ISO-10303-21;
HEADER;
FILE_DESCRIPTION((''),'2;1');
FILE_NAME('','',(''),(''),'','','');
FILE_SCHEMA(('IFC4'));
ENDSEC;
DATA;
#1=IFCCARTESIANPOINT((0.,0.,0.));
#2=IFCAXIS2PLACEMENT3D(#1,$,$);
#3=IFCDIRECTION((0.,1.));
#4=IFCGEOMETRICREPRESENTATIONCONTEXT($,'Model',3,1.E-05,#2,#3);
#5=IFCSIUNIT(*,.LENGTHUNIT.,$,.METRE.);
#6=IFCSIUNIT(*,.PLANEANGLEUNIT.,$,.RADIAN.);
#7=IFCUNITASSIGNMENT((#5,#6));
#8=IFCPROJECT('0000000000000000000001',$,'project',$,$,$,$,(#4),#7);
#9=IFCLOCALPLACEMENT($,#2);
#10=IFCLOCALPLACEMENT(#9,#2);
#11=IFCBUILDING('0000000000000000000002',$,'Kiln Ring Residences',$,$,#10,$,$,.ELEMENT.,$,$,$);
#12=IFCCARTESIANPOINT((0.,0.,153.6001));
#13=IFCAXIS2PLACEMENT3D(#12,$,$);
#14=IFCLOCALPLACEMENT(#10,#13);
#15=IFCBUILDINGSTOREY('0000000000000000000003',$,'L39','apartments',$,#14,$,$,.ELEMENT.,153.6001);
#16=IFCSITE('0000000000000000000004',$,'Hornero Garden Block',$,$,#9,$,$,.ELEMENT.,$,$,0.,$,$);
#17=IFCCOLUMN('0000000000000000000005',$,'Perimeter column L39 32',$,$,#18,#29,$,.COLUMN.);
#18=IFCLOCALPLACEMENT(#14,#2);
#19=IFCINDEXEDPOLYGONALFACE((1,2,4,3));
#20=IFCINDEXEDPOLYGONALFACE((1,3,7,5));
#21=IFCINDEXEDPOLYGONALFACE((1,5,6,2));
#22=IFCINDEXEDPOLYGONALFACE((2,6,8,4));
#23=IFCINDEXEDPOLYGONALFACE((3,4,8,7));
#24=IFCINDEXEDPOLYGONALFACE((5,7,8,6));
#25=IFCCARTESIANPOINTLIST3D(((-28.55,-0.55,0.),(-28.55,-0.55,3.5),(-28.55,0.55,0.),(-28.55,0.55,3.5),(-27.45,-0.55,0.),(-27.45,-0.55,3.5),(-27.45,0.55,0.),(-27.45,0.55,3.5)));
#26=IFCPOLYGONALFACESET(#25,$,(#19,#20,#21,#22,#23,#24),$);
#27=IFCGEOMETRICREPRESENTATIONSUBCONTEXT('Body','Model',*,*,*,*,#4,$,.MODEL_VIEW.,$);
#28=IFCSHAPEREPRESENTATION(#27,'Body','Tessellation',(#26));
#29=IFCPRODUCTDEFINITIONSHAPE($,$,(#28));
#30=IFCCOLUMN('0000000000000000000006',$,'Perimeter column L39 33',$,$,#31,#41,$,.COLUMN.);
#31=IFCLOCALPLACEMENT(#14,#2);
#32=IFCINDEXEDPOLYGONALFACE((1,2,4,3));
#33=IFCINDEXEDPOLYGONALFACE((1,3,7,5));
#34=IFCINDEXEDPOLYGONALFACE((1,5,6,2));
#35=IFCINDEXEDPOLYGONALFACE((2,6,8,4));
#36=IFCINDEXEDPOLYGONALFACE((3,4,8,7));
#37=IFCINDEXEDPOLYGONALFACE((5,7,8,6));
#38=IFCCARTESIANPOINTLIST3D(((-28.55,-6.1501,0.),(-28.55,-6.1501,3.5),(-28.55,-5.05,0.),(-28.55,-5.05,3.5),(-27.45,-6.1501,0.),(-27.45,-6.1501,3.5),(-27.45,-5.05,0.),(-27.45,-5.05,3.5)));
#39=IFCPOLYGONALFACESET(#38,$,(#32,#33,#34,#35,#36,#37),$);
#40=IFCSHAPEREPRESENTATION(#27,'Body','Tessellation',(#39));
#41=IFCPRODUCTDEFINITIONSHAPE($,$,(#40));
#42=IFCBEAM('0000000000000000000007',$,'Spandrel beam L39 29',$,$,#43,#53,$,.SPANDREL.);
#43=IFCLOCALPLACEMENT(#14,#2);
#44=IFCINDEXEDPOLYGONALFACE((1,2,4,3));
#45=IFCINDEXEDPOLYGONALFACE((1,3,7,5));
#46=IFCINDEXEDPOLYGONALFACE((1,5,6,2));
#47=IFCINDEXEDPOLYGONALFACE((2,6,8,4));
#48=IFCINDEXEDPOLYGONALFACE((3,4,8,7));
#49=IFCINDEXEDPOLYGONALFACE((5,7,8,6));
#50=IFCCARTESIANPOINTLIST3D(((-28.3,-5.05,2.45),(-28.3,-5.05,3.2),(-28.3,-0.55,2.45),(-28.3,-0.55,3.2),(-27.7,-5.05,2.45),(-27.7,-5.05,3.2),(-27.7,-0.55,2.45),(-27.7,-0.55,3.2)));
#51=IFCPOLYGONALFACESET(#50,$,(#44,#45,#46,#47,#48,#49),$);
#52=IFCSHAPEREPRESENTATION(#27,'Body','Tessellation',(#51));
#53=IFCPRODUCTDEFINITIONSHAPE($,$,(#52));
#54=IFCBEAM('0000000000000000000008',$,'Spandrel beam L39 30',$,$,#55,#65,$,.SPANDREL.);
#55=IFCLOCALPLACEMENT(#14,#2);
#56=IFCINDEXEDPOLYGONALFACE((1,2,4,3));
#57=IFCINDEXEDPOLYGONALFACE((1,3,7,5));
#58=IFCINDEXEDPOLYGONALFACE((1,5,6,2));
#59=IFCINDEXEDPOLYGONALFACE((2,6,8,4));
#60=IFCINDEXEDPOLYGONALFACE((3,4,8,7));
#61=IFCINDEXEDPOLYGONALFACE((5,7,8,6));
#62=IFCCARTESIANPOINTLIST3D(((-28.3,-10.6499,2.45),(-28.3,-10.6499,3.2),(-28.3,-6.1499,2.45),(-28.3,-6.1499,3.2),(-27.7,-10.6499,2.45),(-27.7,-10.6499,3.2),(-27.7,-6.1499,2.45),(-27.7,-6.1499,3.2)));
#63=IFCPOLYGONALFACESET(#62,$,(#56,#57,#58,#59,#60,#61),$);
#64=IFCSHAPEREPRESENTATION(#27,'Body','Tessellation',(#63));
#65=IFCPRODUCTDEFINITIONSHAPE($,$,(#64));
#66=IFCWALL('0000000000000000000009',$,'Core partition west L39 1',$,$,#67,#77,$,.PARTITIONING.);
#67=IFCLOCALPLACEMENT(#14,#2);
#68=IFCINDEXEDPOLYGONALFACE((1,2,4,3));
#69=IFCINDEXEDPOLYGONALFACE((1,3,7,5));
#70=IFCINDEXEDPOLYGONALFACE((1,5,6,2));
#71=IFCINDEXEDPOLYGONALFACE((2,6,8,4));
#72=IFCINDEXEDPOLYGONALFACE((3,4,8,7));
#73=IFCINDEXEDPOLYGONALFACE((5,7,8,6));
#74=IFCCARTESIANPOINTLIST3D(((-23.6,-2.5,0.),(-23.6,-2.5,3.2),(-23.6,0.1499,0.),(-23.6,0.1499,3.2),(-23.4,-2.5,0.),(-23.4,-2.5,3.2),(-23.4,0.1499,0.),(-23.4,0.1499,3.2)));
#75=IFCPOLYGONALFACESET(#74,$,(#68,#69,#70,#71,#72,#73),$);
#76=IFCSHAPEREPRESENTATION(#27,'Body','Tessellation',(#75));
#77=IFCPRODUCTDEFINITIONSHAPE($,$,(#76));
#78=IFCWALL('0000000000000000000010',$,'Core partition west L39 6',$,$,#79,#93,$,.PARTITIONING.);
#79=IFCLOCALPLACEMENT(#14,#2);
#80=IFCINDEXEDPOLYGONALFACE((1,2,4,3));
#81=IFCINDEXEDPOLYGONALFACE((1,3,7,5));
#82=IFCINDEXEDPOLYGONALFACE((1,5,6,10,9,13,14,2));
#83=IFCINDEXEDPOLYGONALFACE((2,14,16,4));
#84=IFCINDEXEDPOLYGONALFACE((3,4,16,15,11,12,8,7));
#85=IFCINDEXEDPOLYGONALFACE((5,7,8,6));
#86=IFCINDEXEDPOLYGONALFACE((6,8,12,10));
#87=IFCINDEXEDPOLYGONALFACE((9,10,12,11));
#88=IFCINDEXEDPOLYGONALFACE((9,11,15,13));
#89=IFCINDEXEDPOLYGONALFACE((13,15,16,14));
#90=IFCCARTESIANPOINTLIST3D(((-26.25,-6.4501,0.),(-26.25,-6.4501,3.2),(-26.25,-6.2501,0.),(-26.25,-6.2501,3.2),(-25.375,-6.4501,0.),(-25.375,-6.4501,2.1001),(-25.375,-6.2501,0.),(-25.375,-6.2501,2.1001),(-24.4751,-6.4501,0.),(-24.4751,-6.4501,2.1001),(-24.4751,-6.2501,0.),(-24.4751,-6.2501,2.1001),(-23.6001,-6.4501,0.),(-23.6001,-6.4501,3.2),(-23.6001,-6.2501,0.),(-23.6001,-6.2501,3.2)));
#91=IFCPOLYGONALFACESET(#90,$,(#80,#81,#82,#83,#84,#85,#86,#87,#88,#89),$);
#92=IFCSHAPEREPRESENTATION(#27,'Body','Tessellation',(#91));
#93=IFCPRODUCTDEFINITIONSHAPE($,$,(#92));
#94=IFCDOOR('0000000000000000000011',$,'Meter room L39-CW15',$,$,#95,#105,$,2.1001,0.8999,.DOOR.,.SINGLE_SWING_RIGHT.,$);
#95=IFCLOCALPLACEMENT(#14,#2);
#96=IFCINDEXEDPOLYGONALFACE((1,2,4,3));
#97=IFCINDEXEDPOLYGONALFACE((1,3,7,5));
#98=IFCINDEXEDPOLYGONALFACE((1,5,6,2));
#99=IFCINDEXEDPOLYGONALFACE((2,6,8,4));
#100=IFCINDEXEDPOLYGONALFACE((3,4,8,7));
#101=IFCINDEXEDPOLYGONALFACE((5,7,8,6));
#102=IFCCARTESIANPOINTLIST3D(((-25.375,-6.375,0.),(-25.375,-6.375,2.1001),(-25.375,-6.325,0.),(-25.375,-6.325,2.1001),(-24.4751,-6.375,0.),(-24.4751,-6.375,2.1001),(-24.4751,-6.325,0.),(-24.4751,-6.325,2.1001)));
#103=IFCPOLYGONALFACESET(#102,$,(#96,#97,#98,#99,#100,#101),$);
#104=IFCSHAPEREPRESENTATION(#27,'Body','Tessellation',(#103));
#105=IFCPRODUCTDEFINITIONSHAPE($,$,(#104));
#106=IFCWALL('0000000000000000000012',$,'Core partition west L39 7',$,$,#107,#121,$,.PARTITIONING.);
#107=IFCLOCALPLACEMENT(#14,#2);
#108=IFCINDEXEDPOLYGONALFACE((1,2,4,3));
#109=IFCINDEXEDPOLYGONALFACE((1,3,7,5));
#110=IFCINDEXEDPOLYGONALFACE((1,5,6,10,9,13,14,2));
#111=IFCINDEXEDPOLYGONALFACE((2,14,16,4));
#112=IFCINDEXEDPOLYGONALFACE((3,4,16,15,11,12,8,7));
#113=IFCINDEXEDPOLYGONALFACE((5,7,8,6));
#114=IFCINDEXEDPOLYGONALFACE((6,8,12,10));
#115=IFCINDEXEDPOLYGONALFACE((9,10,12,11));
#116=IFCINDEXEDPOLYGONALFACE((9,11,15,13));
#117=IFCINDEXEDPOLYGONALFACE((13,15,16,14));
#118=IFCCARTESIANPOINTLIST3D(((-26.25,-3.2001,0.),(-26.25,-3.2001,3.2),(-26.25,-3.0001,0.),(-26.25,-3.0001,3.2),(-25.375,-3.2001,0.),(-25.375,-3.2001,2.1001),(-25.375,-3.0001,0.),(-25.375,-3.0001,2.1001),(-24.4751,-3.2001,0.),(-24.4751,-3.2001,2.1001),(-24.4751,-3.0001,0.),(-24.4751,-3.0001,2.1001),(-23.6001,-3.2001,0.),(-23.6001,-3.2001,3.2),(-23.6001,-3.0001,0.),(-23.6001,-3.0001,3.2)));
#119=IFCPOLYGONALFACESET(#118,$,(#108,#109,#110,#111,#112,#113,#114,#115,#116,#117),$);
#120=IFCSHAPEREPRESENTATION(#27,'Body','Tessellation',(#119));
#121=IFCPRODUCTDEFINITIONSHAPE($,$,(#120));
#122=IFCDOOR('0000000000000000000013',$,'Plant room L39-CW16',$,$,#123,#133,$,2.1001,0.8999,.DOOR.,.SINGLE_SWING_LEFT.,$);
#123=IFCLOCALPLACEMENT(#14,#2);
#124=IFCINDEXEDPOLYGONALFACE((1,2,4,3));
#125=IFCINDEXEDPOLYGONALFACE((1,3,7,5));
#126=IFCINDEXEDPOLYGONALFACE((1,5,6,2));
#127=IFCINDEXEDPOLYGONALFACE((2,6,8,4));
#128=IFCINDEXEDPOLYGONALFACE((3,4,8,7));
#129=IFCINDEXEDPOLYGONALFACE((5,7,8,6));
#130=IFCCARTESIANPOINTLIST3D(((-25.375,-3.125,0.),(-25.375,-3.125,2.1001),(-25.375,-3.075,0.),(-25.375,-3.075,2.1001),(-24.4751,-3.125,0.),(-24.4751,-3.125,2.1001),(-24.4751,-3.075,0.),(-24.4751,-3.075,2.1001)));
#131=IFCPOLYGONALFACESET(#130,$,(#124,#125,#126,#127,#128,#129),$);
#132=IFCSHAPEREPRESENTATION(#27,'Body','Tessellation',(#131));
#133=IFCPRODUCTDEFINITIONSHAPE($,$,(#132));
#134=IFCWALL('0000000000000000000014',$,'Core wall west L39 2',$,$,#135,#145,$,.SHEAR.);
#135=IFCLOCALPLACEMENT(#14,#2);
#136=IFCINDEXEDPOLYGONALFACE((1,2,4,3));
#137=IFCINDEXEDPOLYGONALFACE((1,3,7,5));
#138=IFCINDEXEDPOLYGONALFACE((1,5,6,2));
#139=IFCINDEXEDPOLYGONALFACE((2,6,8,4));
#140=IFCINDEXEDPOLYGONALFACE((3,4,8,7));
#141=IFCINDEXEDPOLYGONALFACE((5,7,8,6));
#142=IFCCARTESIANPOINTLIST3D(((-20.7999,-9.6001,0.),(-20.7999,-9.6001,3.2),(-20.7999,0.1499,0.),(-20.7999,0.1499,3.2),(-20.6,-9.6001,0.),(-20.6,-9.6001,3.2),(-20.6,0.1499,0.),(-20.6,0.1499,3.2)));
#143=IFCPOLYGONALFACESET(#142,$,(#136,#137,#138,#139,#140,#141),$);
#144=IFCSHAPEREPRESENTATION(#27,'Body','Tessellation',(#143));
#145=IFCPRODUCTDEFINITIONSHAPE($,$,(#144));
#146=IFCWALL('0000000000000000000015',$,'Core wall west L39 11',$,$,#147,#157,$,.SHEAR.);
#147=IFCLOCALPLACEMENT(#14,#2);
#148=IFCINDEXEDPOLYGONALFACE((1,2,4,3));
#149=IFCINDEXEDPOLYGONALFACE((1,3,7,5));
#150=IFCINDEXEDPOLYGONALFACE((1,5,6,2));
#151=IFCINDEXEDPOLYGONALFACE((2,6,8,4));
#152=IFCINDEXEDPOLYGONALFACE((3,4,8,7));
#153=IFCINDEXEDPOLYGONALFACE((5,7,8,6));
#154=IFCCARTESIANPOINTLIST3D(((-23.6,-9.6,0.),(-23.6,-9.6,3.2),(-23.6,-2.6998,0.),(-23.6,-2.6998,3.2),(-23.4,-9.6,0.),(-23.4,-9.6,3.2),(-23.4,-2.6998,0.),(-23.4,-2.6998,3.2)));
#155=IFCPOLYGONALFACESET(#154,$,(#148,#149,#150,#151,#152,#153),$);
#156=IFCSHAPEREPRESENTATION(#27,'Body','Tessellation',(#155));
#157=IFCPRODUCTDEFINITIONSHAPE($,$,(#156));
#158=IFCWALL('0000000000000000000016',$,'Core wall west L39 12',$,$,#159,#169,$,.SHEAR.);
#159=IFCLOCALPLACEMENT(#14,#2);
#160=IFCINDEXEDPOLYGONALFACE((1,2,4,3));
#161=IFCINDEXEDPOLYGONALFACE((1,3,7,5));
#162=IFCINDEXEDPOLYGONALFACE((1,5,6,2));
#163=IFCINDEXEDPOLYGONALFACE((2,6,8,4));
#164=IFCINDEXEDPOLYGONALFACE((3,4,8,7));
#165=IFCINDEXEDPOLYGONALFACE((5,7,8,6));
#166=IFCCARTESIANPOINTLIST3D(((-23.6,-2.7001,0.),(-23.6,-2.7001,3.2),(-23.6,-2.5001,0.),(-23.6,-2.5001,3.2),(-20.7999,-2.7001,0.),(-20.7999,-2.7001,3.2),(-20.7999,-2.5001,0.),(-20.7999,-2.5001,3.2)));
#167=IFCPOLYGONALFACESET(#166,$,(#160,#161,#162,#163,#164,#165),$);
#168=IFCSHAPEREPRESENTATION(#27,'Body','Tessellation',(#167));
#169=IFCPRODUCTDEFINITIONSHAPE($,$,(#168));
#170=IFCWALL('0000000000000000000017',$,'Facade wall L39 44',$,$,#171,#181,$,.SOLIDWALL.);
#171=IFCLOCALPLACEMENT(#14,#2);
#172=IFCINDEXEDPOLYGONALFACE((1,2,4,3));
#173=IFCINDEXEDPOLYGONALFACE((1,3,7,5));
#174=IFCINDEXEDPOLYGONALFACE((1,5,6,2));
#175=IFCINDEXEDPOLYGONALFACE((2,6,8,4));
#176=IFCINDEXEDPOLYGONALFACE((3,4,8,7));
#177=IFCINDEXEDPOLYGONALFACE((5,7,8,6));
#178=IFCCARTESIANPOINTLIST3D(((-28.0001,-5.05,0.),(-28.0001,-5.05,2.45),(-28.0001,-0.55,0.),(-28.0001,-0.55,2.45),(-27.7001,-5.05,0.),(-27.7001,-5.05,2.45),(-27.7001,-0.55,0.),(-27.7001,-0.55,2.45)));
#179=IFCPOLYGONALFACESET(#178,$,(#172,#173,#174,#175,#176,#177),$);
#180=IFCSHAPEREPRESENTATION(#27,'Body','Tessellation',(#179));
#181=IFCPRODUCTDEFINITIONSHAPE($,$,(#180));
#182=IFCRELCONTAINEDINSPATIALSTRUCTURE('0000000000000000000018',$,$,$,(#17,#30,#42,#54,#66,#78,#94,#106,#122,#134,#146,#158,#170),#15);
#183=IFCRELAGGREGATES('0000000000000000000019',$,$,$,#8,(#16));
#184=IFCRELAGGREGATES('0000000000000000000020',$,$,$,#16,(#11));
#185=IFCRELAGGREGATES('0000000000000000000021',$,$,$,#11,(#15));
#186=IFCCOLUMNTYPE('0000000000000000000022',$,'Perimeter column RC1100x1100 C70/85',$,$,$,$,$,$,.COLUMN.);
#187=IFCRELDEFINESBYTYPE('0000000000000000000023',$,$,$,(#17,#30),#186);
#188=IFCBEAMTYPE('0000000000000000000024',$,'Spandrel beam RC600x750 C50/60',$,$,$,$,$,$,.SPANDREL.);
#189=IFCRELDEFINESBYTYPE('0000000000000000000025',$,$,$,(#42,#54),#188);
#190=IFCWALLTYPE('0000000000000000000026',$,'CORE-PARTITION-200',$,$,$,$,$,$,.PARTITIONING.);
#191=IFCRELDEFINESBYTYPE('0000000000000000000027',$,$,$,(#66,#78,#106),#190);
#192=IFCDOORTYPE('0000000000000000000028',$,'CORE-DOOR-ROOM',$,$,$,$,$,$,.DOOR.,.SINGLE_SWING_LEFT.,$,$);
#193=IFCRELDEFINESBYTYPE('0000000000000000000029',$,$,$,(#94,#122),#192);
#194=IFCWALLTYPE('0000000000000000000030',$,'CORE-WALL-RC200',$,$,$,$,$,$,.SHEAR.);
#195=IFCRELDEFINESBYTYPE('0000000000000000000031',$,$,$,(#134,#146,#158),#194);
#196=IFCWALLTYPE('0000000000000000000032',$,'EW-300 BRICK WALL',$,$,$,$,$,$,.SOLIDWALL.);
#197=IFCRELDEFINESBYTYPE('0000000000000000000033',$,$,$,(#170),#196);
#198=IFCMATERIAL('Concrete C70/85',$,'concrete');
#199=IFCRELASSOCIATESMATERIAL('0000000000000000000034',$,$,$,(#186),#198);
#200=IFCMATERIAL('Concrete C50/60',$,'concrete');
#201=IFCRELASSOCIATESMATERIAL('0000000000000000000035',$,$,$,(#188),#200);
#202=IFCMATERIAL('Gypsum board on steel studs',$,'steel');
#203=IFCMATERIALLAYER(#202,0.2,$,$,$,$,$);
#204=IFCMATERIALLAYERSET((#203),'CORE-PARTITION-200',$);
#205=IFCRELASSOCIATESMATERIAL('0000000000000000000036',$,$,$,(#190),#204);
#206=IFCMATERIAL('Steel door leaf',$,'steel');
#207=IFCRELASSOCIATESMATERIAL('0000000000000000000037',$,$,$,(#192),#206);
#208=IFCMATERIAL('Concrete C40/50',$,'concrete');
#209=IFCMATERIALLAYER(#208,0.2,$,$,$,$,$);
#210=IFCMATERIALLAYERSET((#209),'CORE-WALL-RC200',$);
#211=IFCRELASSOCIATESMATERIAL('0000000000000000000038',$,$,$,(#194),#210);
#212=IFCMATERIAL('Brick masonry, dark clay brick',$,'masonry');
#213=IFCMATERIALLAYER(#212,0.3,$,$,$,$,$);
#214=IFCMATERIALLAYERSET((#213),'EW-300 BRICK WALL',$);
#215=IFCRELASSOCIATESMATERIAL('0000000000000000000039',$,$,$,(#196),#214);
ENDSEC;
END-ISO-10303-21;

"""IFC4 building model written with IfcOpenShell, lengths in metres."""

from ifc_helpers import new_model, si_unit, direction, frame, frame_2d, origin, origin_2d, place, context, subcontext, project, spatial, rectangle, extrude, material, layer, layer_set, material_profile, profile_set, type_object, element, fill, save


model = new_model("IFC4")

# Units and contexts
model_context = context("Model", 3, precision=1e-05, world=origin(), true_north=direction((0.0, 1.0)))
body_context = subcontext(model_context, "Body", "Model", "MODEL_VIEW")
ifc_project = project(units=[si_unit("LENGTHUNIT", "METRE"), si_unit("PLANEANGLEUNIT", "RADIAN")], contexts=[model_context])

# Site, building, storey
site_placement = place(None, origin())
site = spatial("IfcSite", under=ifc_project, at=site_placement, Name="Hornero Garden Block", CompositionType="ELEMENT", RefElevation=0.0)
building_placement = place(site_placement, origin())
building = spatial("IfcBuilding", under=site, at=building_placement, Name="Kiln Ring Residences", CompositionType="ELEMENT")
storey_placement = place(building_placement, frame((0.0, 0.0, 153.6001)))
storey = spatial("IfcBuildingStorey", under=building, at=storey_placement, Name="L39", Description="apartments", CompositionType="ELEMENT", Elevation=153.6001)

# Columns
ifc_material_1 = material(Name="Concrete C70/85", Category="concrete")
ifc_material_profile_1 = material_profile(ifc_material_1, rectangle(XDim=1.1001, YDim=1.1001, at=origin_2d()), Name="RC1100x1100")
ifc_profile_set_1 = profile_set([ifc_material_profile_1], Name="Concrete C70/85")
column_type = type_object("IfcColumnType", Name="Perimeter column RC1100x1100 C70/85", PredefinedType="COLUMN", material=ifc_profile_set_1)
for number, where, z_axis, x_axis, name in (
    (1, (-28.0, 0.0, 0.0), (0.0, 0.0, 1.0), (1.0, 0.0, 0.0), "Perimeter column L39 32"),
    (2, (-28.0, -5.6001, 0.0), (0.0, 0.0, 1.0), (1.0, 0.0, 0.0), "Perimeter column L39 33"),
):
    element("IfcColumn", number, at=place(storey_placement, frame(where, z_axis=z_axis, x_axis=x_axis)), inside=storey, type_object=column_type, Name=name, PredefinedType="COLUMN", context=body_context, shape_type="SweptSolid", body=[
        extrude(rectangle(XDim=1.1001, YDim=1.1001, at=origin_2d()), origin(), (0.0, 0.0, 1.0), 3.5),
    ])

# Beams
ifc_material_2 = material(Name="Concrete C50/60", Category="concrete")
ifc_material_profile_2 = material_profile(ifc_material_2, rectangle(XDim=0.6001, YDim=0.75, at=origin_2d()), Name="RC600x750")
ifc_profile_set_2 = profile_set([ifc_material_profile_2], Name="Concrete C50/60")
beam_type = type_object("IfcBeamType", Name="Spandrel beam RC600x750 C50/60", PredefinedType="SPANDREL", material=ifc_profile_set_2)
for number, where, z_axis, x_axis, name in (
    (3, (-28.0, -0.55, 2.825), (0.0, -1.0, 0.0), (1.0, 0.0, 0.0), "Spandrel beam L39 29"),
    (4, (-28.0, -6.1499, 2.825), (0.0, -1.0, 0.0), (1.0, 0.0, 0.0), "Spandrel beam L39 30"),
):
    element("IfcBeam", number, at=place(storey_placement, frame(where, z_axis=z_axis, x_axis=x_axis)), inside=storey, type_object=beam_type, Name=name, PredefinedType="SPANDREL", context=body_context, shape_type="SweptSolid", body=[
        extrude(rectangle(XDim=0.6001, YDim=0.75, at=origin_2d()), origin(), (0.0, 0.0, 1.0), 4.5),
    ])

# Wall
ifc_material_3 = material(Name="Gypsum board on steel studs", Category="steel")
ifc_layer_1 = layer(ifc_material_3, 0.2)
ifc_layer_set_1 = layer_set([ifc_layer_1], Name="CORE-PARTITION-200")
wall_type_1 = type_object("IfcWallType", Name="CORE-PARTITION-200", PredefinedType="PARTITIONING", material=ifc_layer_set_1)
wall_1_placement = place(storey_placement, frame((-23.5, -2.5, 0.0), z_axis=(0.0, 0.0, 1.0), x_axis=(0.0, 1.0, 0.0)))
element("IfcWall", 5, at=wall_1_placement, inside=storey, type_object=wall_type_1, Name="Core partition west L39 1", PredefinedType="PARTITIONING", context=body_context, shape_type="SweptSolid", body=[
    extrude(rectangle(XDim=2.6499, YDim=0.2, at=frame_2d((1.325, 0.0))), origin(), (0.0, 0.0, 1.0), 3.2),
])

# Walls, openings, doors
wall_2_placement = place(storey_placement, frame((-23.6001, -6.3501, 0.0), z_axis=(0.0, 0.0, 1.0), x_axis=(-1.0, 0.0, 0.0)))
wall_2 = element("IfcWall", 6, at=wall_2_placement, inside=storey, type_object=wall_type_1, Name="Core partition west L39 6", PredefinedType="PARTITIONING", context=body_context, shape_type="SweptSolid", body=[
    extrude(rectangle(XDim=2.6499, YDim=0.2, at=frame_2d((1.325, 0.0))), origin(), (0.0, 0.0, 1.0), 3.2),
])
opening_1_placement = place(wall_2_placement, frame((0.875, 0.0, 0.0)))
opening_1 = element("IfcOpeningElement", 7, at=opening_1_placement, cuts=wall_2, PredefinedType="OPENING", context=body_context, shape_type="SweptSolid", body=[
    extrude(rectangle(XDim=0.8999, YDim=2.1001, at=frame_2d((0.45, 1.05))), frame((0.0, 0.1099, 0.0), z_axis=(0.0, -1.0, 0.0), x_axis=(1.0, 0.0, 0.0)), (0.0, 0.0, 1.0), 0.22),
])
ifc_material_4 = material(Name="Steel door leaf", Category="steel")
door_type = type_object("IfcDoorType", Name="CORE-DOOR-ROOM", OperationType="SINGLE_SWING_LEFT", PredefinedType="DOOR", material=ifc_material_4)
door_1_placement = place(opening_1_placement, origin())
door_1 = element("IfcDoor", 8, at=door_1_placement, inside=storey, type_object=door_type, Name="Meter room L39-CW15", OperationType="SINGLE_SWING_RIGHT", OverallHeight=2.1001, OverallWidth=0.8999, PredefinedType="DOOR", context=body_context, shape_type="SweptSolid", body=[
    extrude(rectangle(XDim=0.8999, YDim=2.1001, at=frame_2d((0.45, 1.05))), frame((0.0, 0.0249, 0.0), z_axis=(0.0, -1.0, 0.0), x_axis=(1.0, 0.0, 0.0)), (0.0, 0.0, 1.0), 0.05),
])
fill(opening_1, door_1)
wall_3_placement = place(storey_placement, frame((-23.6001, -3.1001, 0.0), z_axis=(0.0, 0.0, 1.0), x_axis=(-1.0, 0.0, 0.0)))
wall_3 = element("IfcWall", 9, at=wall_3_placement, inside=storey, type_object=wall_type_1, Name="Core partition west L39 7", PredefinedType="PARTITIONING", context=body_context, shape_type="SweptSolid", body=[
    extrude(rectangle(XDim=2.6499, YDim=0.2, at=frame_2d((1.325, 0.0))), origin(), (0.0, 0.0, 1.0), 3.2),
])
opening_2_placement = place(wall_3_placement, frame((0.875, 0.0, 0.0)))
opening_2 = element("IfcOpeningElement", 10, at=opening_2_placement, cuts=wall_3, PredefinedType="OPENING", context=body_context, shape_type="SweptSolid", body=[
    extrude(rectangle(XDim=0.8999, YDim=2.1001, at=frame_2d((0.45, 1.05))), frame((0.0, 0.1099, 0.0), z_axis=(0.0, -1.0, 0.0), x_axis=(1.0, 0.0, 0.0)), (0.0, 0.0, 1.0), 0.22),
])
door_2_placement = place(opening_2_placement, origin())
door_2 = element("IfcDoor", 11, at=door_2_placement, inside=storey, type_object=door_type, Name="Plant room L39-CW16", OperationType="SINGLE_SWING_LEFT", OverallHeight=2.1001, OverallWidth=0.8999, PredefinedType="DOOR", context=body_context, shape_type="SweptSolid", body=[
    extrude(rectangle(XDim=0.8999, YDim=2.1001, at=frame_2d((0.45, 1.05))), frame((0.0, 0.0249, 0.0), z_axis=(0.0, -1.0, 0.0), x_axis=(1.0, 0.0, 0.0)), (0.0, 0.0, 1.0), 0.05),
])
fill(opening_2, door_2)

# Walls
ifc_material_5 = material(Name="Concrete C40/50", Category="concrete")
ifc_layer_2 = layer(ifc_material_5, 0.2)
ifc_layer_set_2 = layer_set([ifc_layer_2], Name="CORE-WALL-RC200")
wall_type_2 = type_object("IfcWallType", Name="CORE-WALL-RC200", PredefinedType="SHEAR", material=ifc_layer_set_2)
wall_4_placement = place(storey_placement, frame((-20.7, -9.6001, 0.0), z_axis=(0.0, 0.0, 1.0), x_axis=(0.0, 1.0, 0.0)))
element("IfcWall", 12, at=wall_4_placement, inside=storey, type_object=wall_type_2, Name="Core wall west L39 2", PredefinedType="SHEAR", context=body_context, shape_type="SweptSolid", body=[
    extrude(rectangle(XDim=9.75, YDim=0.2, at=frame_2d((4.875, 0.0))), origin(), (0.0, 0.0, 1.0), 3.2),
])
wall_5_placement = place(storey_placement, frame((-23.5, -9.6001, 0.0), z_axis=(0.0, 0.0, 1.0), x_axis=(0.0, 1.0, 0.0)))
element("IfcWall", 13, at=wall_5_placement, inside=storey, type_object=wall_type_2, Name="Core wall west L39 11", PredefinedType="SHEAR", context=body_context, shape_type="SweptSolid", body=[
    extrude(rectangle(XDim=6.9001, YDim=0.2, at=frame_2d((3.4502, 0.0))), origin(), (0.0, 0.0, 1.0), 3.2),
])
wall_6_placement = place(storey_placement, frame((-20.8, -2.6001, 0.0), z_axis=(0.0, 0.0, 1.0), x_axis=(-1.0, 0.0, 0.0)))
element("IfcWall", 14, at=wall_6_placement, inside=storey, type_object=wall_type_2, Name="Core wall west L39 12", PredefinedType="SHEAR", context=body_context, shape_type="SweptSolid", body=[
    extrude(rectangle(XDim=2.8, YDim=0.2, at=frame_2d((1.3999, 0.0))), origin(), (0.0, 0.0, 1.0), 3.2),
])
ifc_material_6 = material(Name="Brick masonry, dark clay brick", Category="masonry")
ifc_layer_3 = layer(ifc_material_6, 0.3)
ifc_layer_set_3 = layer_set([ifc_layer_3], Name="EW-300 BRICK WALL")
wall_type_3 = type_object("IfcWallType", Name="EW-300 BRICK WALL", PredefinedType="SOLIDWALL", material=ifc_layer_set_3)
for number, where, z_axis, x_axis, name in (
    (15, (-27.8501, -0.55, 0.0), (0.0, 0.0, 1.0), (0.0, -1.0, 0.0), "Facade wall L39 44"),
):
    element("IfcWall", number, at=place(storey_placement, frame(where, z_axis=z_axis, x_axis=x_axis)), inside=storey, type_object=wall_type_3, Name=name, PredefinedType="SOLIDWALL", context=body_context, shape_type="SweptSolid", body=[
        extrude(rectangle(XDim=4.5, YDim=0.3, at=frame_2d((2.25, 0.0))), origin(), (0.0, 0.0, 1.0), 2.45),
    ])

save(model, "model.ifc")
